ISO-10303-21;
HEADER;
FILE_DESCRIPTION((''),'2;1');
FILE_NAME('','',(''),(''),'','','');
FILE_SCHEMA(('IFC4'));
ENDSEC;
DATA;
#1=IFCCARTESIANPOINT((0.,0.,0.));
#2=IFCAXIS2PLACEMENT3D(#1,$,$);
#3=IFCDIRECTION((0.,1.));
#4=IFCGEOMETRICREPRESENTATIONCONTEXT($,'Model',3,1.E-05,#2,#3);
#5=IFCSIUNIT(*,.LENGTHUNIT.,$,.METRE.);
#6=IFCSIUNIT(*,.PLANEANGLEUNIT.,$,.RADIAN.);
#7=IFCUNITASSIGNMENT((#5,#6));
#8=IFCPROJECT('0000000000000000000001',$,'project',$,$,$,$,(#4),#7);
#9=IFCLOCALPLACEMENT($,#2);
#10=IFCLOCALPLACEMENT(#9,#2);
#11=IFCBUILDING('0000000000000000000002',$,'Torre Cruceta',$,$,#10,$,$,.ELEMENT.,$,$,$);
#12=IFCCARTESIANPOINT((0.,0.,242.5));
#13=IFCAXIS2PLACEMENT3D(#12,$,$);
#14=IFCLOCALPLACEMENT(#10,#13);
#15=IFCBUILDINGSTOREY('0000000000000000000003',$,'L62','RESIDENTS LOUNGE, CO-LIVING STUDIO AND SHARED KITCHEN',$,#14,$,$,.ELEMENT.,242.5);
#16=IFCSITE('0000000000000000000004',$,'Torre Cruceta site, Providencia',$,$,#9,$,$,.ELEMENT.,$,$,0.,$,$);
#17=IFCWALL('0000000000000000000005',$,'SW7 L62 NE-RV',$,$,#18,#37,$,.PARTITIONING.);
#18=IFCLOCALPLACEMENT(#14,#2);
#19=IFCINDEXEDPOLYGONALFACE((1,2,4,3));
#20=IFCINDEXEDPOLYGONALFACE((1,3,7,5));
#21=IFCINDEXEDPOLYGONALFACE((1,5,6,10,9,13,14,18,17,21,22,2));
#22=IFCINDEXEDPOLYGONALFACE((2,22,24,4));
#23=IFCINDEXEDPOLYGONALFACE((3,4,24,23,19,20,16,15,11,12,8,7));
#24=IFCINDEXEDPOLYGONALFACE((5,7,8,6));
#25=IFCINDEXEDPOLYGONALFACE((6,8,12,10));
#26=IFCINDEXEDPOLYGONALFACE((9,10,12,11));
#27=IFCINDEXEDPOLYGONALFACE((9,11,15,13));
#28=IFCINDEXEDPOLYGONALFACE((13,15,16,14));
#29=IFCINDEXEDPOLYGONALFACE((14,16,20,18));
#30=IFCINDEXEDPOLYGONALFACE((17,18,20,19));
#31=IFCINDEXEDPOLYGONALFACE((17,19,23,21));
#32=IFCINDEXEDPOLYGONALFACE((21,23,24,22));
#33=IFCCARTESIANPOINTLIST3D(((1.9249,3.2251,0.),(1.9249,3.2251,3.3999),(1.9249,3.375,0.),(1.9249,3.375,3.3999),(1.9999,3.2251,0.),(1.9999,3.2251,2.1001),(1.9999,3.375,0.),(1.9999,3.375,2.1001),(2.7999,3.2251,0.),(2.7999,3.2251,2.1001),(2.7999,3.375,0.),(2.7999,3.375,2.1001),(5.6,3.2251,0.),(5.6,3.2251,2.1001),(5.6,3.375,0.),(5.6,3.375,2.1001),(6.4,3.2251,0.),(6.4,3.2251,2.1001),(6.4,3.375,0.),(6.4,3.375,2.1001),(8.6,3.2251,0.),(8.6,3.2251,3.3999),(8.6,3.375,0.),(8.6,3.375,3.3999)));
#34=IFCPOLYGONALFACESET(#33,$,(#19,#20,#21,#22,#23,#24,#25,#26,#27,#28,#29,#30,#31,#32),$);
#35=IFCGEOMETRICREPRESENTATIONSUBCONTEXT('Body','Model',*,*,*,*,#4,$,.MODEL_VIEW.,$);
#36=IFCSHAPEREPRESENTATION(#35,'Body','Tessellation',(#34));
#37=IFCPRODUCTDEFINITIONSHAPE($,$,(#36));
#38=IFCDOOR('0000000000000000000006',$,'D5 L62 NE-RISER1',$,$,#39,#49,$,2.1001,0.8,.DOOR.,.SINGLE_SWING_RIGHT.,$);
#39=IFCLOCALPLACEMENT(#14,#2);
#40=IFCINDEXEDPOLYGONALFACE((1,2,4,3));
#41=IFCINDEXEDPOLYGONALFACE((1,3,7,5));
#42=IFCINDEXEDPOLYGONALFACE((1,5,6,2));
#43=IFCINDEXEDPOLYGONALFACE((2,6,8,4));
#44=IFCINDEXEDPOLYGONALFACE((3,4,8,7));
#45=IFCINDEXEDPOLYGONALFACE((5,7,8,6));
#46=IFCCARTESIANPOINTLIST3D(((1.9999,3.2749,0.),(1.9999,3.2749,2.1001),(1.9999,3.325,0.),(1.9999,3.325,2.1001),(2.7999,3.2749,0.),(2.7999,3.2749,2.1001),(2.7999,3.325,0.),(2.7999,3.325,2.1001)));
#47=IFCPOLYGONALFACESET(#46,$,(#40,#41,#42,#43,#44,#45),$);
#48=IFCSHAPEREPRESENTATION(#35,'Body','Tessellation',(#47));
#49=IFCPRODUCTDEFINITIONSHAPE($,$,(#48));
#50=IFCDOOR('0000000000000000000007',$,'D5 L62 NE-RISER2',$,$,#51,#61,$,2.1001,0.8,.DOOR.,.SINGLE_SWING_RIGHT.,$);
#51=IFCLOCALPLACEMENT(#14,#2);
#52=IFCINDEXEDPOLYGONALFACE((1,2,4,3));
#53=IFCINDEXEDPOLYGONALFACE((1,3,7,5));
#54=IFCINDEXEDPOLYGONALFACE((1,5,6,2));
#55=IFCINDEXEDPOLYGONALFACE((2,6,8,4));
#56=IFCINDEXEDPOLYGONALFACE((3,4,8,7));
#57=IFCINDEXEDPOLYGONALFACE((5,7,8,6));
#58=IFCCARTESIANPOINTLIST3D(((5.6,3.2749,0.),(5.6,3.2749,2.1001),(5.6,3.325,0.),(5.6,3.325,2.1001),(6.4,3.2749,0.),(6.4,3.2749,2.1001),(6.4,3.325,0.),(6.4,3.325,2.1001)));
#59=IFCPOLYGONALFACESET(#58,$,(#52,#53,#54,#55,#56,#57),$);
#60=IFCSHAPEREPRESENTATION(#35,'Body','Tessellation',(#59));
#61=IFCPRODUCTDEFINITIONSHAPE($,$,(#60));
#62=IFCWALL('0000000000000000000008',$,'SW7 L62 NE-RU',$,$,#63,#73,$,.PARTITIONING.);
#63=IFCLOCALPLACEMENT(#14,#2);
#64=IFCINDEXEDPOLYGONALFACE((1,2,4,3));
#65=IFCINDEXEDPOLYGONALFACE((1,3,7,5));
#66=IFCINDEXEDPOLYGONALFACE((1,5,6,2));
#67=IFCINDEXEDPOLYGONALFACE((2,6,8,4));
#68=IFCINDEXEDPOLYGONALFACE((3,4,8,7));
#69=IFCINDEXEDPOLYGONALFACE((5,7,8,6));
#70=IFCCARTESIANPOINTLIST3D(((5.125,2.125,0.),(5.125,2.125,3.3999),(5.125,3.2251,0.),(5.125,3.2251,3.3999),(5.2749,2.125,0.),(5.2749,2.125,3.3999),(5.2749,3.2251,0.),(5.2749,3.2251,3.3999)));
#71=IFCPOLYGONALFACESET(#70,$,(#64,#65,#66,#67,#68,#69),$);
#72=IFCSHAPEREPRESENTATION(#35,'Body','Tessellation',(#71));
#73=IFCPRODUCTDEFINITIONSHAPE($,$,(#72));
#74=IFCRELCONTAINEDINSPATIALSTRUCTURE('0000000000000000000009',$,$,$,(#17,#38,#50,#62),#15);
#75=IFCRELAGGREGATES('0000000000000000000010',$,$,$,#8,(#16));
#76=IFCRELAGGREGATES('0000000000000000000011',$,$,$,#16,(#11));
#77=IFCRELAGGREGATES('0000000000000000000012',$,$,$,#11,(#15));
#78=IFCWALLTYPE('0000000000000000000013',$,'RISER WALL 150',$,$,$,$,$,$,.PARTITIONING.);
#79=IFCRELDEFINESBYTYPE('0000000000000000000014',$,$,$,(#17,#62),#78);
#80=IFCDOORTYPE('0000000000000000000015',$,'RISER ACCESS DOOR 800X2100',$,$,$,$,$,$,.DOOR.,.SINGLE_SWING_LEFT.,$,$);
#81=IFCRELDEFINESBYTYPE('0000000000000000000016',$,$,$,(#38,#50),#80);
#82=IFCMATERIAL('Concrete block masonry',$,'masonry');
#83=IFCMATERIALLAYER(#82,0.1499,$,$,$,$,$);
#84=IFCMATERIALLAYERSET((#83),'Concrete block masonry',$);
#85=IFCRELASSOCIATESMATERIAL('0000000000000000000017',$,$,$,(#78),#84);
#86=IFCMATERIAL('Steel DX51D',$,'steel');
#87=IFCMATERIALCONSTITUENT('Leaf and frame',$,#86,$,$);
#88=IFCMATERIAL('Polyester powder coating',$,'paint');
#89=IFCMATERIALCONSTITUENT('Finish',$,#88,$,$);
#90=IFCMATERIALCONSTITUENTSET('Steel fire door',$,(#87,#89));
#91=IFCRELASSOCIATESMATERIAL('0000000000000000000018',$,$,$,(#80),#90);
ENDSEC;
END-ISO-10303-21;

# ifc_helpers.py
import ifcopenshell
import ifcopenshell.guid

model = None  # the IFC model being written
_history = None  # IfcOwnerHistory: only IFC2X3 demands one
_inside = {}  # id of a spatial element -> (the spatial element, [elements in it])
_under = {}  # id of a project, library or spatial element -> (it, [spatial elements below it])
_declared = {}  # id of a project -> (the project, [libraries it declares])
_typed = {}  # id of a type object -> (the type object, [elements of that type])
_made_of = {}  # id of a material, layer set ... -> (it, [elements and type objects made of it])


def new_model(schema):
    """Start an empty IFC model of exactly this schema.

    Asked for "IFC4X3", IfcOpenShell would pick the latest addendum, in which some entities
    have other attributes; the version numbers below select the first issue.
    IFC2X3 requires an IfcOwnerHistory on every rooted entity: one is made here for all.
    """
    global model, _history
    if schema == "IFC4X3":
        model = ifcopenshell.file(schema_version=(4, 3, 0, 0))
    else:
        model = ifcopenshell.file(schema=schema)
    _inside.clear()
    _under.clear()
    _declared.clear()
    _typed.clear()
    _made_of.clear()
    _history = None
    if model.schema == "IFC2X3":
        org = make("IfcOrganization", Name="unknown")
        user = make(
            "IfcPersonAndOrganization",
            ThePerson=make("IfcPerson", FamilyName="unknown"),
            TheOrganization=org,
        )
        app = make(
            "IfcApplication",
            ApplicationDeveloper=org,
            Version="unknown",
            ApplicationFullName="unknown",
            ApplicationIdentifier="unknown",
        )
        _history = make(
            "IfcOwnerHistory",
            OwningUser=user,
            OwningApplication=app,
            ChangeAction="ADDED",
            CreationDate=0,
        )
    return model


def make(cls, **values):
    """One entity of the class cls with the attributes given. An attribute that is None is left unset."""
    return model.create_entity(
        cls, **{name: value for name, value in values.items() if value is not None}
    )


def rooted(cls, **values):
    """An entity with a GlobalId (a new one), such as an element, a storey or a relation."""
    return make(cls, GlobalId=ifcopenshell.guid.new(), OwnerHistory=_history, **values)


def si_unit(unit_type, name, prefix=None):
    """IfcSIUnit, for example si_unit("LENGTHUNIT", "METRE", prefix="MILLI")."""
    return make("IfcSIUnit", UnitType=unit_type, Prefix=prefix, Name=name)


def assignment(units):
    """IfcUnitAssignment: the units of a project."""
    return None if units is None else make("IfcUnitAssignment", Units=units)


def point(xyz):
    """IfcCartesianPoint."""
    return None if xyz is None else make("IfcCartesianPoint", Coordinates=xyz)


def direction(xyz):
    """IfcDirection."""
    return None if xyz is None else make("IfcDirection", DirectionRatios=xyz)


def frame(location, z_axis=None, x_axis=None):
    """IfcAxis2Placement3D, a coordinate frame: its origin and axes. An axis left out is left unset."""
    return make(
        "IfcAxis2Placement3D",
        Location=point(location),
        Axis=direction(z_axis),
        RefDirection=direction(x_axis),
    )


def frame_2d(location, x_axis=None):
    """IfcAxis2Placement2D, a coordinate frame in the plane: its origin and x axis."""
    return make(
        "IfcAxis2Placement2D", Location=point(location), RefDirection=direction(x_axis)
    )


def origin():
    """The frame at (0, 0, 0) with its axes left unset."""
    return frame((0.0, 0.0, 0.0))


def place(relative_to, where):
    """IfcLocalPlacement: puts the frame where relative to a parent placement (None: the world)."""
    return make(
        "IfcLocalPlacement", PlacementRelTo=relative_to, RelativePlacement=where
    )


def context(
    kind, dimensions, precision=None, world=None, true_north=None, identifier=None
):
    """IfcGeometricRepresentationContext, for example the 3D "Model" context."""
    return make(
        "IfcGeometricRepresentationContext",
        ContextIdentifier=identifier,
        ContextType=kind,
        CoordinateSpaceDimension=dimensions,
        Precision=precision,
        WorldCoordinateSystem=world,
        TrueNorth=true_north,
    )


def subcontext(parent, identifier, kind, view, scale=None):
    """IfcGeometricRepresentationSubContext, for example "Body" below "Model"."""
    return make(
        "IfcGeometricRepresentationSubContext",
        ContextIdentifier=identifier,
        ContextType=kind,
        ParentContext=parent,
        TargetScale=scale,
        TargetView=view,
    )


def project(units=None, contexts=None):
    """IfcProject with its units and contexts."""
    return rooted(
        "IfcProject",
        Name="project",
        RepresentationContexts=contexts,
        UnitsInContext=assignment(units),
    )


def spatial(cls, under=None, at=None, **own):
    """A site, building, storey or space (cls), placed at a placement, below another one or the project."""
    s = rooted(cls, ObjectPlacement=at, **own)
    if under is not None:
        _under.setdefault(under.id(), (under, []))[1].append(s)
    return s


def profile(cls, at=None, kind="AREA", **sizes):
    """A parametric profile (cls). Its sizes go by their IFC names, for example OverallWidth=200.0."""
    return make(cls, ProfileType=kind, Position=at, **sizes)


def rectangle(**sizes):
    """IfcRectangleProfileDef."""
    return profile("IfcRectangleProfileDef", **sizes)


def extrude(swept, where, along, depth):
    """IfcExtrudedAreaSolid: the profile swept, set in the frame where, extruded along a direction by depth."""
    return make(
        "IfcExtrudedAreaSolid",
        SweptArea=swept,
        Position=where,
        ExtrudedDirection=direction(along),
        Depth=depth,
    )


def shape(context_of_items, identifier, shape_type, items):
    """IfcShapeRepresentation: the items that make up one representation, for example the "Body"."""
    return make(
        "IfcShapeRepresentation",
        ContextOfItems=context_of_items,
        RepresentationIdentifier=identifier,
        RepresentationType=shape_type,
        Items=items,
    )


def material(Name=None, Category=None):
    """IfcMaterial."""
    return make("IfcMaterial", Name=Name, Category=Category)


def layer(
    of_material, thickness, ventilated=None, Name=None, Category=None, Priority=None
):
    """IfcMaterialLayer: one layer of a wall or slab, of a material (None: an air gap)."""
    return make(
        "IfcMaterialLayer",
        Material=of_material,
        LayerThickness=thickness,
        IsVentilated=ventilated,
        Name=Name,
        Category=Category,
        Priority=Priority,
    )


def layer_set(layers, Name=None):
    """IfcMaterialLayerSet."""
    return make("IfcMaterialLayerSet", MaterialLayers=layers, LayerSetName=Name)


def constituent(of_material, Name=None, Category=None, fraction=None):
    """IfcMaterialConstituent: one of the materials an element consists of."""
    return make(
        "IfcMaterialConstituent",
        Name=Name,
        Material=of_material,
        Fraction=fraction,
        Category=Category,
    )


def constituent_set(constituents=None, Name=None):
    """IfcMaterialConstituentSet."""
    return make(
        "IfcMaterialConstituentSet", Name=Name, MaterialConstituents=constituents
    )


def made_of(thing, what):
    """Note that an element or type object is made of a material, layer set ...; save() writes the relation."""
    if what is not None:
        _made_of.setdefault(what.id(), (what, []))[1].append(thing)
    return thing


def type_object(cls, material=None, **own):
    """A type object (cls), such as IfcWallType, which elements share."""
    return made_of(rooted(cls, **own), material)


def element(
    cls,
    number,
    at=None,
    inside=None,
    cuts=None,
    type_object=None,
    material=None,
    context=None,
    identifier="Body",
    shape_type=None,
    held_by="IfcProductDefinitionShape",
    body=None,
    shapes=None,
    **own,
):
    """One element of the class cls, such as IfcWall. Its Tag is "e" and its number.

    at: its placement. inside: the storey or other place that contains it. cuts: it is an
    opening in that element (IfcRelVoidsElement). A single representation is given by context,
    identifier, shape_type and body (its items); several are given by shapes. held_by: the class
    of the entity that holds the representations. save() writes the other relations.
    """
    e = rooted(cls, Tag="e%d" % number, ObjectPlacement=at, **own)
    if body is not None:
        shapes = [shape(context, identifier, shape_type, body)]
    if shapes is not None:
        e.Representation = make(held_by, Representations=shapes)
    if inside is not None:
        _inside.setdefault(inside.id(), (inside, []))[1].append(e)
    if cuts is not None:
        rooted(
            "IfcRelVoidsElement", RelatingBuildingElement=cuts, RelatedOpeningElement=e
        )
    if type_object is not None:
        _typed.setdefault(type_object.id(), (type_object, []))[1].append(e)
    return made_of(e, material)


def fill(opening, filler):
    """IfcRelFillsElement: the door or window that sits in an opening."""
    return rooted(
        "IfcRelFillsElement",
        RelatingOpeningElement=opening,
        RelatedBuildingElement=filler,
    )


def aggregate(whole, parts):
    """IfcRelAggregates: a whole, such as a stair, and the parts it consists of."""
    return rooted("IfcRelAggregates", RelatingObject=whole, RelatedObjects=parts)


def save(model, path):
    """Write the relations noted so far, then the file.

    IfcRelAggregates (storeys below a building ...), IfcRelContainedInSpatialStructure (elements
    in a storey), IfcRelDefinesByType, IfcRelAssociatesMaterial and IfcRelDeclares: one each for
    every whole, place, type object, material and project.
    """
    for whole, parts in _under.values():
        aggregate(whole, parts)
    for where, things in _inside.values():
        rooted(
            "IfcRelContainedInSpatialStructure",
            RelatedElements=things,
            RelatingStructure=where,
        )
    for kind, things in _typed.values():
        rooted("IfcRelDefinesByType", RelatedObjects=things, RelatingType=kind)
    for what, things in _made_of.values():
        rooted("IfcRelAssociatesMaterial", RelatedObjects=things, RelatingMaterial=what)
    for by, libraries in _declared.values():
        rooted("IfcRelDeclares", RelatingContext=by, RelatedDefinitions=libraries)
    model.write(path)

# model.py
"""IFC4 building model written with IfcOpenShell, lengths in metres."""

from ifc_helpers import new_model, si_unit, direction, frame, frame_2d, origin, place, context, subcontext, project, spatial, rectangle, extrude, material, layer, layer_set, constituent, constituent_set, type_object, element, fill, save


model = new_model("IFC4")

# Units and contexts
model_context = context("Model", 3, precision=1e-05, world=origin(), true_north=direction((0.0, 1.0)))
body_context = subcontext(model_context, "Body", "Model", "MODEL_VIEW")
ifc_project = project(units=[si_unit("LENGTHUNIT", "METRE"), si_unit("PLANEANGLEUNIT", "RADIAN")], contexts=[model_context])

# Site, building, storey
site_placement = place(None, origin())
site = spatial("IfcSite", under=ifc_project, at=site_placement, Name="Torre Cruceta site, Providencia", CompositionType="ELEMENT", RefElevation=0.0)
building_placement = place(site_placement, origin())
building = spatial("IfcBuilding", under=site, at=building_placement, Name="Torre Cruceta", CompositionType="ELEMENT")
storey_placement = place(building_placement, frame((0.0, 0.0, 242.5)))
storey = spatial("IfcBuildingStorey", under=building, at=storey_placement, Name="L62", Description="RESIDENTS LOUNGE, CO-LIVING STUDIO AND SHARED KITCHEN", CompositionType="ELEMENT", Elevation=242.5)

# Wall, openings, doors
ifc_material_1 = material(Name="Concrete block masonry", Category="masonry")
ifc_layer_1 = layer(ifc_material_1, 0.1499)
ifc_layer_set_1 = layer_set([ifc_layer_1], Name="Concrete block masonry")
wall_type_1 = type_object("IfcWallType", Name="RISER WALL 150", PredefinedType="PARTITIONING", material=ifc_layer_set_1)
wall_1_placement = place(storey_placement, frame((1.925, 3.3, 0.0), z_axis=(0.0, 0.0, 1.0), x_axis=(1.0, 0.0, 0.0)))
wall_1 = element("IfcWall", 1, at=wall_1_placement, inside=storey, type_object=wall_type_1, Name="SW7 L62 NE-RV", PredefinedType="PARTITIONING", context=body_context, shape_type="SweptSolid", body=[
    extrude(rectangle(XDim=6.675, YDim=0.1499, at=frame_2d((3.3374, 0.0))), origin(), (0.0, 0.0, 1.0), 3.3999),
])
opening_1_placement = place(wall_1_placement, frame((0.075, 0.0, 0.0)))
opening_1 = element("IfcOpeningElement", 2, at=opening_1_placement, cuts=wall_1, PredefinedType="OPENING", context=body_context, shape_type="SweptSolid", body=[
    extrude(rectangle(XDim=0.8, YDim=2.1001, at=frame_2d((0.3999, 1.05))), frame((0.0, 0.085, 0.0), z_axis=(0.0, -1.0, 0.0), x_axis=(1.0, 0.0, 0.0)), (0.0, 0.0, 1.0), 0.1699),
])
opening_2_placement = place(wall_1_placement, frame((3.675, 0.0, 0.0)))
opening_2 = element("IfcOpeningElement", 3, at=opening_2_placement, cuts=wall_1, PredefinedType="OPENING", context=body_context, shape_type="SweptSolid", body=[
    extrude(rectangle(XDim=0.8, YDim=2.1001, at=frame_2d((0.3999, 1.05))), frame((0.0, 0.085, 0.0), z_axis=(0.0, -1.0, 0.0), x_axis=(1.0, 0.0, 0.0)), (0.0, 0.0, 1.0), 0.1699),
])
ifc_material_2 = material(Name="Steel DX51D", Category="steel")
ifc_constituent_1 = constituent(ifc_material_2, Name="Leaf and frame")
ifc_material_3 = material(Name="Polyester powder coating", Category="paint")
ifc_constituent_2 = constituent(ifc_material_3, Name="Finish")
ifc_constituent_set_1 = constituent_set(constituents=[ifc_constituent_1, ifc_constituent_2], Name="Steel fire door")
door_type_1 = type_object("IfcDoorType", Name="RISER ACCESS DOOR 800X2100", OperationType="SINGLE_SWING_LEFT", PredefinedType="DOOR", material=ifc_constituent_set_1)
door_1_placement = place(opening_1_placement, frame((0.8, 0.0, 0.0), z_axis=(0.0, 0.0, 1.0), x_axis=(-1.0, 0.0, 0.0)))
door_1 = element("IfcDoor", 4, at=door_1_placement, inside=storey, type_object=door_type_1, Name="D5 L62 NE-RISER1", OperationType="SINGLE_SWING_RIGHT", OverallHeight=2.1001, OverallWidth=0.8, PredefinedType="DOOR", context=body_context, shape_type="SweptSolid", body=[
    extrude(rectangle(XDim=0.8, YDim=2.1001, at=frame_2d((0.4001, 1.05))), frame((0.0, 0.0251, 0.0), z_axis=(0.0, -1.0, 0.0), x_axis=(1.0, 0.0, 0.0)), (0.0, 0.0, 1.0), 0.05),
])
fill(opening_1, door_1)
door_2_placement = place(opening_2_placement, frame((0.8, 0.0, 0.0), z_axis=(0.0, 0.0, 1.0), x_axis=(-1.0, 0.0, 0.0)))
door_2 = element("IfcDoor", 5, at=door_2_placement, inside=storey, type_object=door_type_1, Name="D5 L62 NE-RISER2", OperationType="SINGLE_SWING_RIGHT", OverallHeight=2.1001, OverallWidth=0.8, PredefinedType="DOOR", context=body_context, shape_type="SweptSolid", body=[
    extrude(rectangle(XDim=0.8, YDim=2.1001, at=frame_2d((0.4001, 1.05))), frame((0.0, 0.0251, 0.0), z_axis=(0.0, -1.0, 0.0), x_axis=(1.0, 0.0, 0.0)), (0.0, 0.0, 1.0), 0.05),
])
fill(opening_2, door_2)

# Wall
wall_2_placement = place(storey_placement, frame((5.2, 2.125, 0.0), z_axis=(0.0, 0.0, 1.0), x_axis=(0.0, 1.0, 0.0)))
element("IfcWall", 6, at=wall_2_placement, inside=storey, type_object=wall_type_1, Name="SW7 L62 NE-RU", PredefinedType="PARTITIONING", context=body_context, shape_type="SweptSolid", body=[
    extrude(rectangle(XDim=1.1001, YDim=0.1499, at=frame_2d((0.55, 0.0))), origin(), (0.0, 0.0, 1.0), 3.3999),
])

save(model, "model.ifc")
